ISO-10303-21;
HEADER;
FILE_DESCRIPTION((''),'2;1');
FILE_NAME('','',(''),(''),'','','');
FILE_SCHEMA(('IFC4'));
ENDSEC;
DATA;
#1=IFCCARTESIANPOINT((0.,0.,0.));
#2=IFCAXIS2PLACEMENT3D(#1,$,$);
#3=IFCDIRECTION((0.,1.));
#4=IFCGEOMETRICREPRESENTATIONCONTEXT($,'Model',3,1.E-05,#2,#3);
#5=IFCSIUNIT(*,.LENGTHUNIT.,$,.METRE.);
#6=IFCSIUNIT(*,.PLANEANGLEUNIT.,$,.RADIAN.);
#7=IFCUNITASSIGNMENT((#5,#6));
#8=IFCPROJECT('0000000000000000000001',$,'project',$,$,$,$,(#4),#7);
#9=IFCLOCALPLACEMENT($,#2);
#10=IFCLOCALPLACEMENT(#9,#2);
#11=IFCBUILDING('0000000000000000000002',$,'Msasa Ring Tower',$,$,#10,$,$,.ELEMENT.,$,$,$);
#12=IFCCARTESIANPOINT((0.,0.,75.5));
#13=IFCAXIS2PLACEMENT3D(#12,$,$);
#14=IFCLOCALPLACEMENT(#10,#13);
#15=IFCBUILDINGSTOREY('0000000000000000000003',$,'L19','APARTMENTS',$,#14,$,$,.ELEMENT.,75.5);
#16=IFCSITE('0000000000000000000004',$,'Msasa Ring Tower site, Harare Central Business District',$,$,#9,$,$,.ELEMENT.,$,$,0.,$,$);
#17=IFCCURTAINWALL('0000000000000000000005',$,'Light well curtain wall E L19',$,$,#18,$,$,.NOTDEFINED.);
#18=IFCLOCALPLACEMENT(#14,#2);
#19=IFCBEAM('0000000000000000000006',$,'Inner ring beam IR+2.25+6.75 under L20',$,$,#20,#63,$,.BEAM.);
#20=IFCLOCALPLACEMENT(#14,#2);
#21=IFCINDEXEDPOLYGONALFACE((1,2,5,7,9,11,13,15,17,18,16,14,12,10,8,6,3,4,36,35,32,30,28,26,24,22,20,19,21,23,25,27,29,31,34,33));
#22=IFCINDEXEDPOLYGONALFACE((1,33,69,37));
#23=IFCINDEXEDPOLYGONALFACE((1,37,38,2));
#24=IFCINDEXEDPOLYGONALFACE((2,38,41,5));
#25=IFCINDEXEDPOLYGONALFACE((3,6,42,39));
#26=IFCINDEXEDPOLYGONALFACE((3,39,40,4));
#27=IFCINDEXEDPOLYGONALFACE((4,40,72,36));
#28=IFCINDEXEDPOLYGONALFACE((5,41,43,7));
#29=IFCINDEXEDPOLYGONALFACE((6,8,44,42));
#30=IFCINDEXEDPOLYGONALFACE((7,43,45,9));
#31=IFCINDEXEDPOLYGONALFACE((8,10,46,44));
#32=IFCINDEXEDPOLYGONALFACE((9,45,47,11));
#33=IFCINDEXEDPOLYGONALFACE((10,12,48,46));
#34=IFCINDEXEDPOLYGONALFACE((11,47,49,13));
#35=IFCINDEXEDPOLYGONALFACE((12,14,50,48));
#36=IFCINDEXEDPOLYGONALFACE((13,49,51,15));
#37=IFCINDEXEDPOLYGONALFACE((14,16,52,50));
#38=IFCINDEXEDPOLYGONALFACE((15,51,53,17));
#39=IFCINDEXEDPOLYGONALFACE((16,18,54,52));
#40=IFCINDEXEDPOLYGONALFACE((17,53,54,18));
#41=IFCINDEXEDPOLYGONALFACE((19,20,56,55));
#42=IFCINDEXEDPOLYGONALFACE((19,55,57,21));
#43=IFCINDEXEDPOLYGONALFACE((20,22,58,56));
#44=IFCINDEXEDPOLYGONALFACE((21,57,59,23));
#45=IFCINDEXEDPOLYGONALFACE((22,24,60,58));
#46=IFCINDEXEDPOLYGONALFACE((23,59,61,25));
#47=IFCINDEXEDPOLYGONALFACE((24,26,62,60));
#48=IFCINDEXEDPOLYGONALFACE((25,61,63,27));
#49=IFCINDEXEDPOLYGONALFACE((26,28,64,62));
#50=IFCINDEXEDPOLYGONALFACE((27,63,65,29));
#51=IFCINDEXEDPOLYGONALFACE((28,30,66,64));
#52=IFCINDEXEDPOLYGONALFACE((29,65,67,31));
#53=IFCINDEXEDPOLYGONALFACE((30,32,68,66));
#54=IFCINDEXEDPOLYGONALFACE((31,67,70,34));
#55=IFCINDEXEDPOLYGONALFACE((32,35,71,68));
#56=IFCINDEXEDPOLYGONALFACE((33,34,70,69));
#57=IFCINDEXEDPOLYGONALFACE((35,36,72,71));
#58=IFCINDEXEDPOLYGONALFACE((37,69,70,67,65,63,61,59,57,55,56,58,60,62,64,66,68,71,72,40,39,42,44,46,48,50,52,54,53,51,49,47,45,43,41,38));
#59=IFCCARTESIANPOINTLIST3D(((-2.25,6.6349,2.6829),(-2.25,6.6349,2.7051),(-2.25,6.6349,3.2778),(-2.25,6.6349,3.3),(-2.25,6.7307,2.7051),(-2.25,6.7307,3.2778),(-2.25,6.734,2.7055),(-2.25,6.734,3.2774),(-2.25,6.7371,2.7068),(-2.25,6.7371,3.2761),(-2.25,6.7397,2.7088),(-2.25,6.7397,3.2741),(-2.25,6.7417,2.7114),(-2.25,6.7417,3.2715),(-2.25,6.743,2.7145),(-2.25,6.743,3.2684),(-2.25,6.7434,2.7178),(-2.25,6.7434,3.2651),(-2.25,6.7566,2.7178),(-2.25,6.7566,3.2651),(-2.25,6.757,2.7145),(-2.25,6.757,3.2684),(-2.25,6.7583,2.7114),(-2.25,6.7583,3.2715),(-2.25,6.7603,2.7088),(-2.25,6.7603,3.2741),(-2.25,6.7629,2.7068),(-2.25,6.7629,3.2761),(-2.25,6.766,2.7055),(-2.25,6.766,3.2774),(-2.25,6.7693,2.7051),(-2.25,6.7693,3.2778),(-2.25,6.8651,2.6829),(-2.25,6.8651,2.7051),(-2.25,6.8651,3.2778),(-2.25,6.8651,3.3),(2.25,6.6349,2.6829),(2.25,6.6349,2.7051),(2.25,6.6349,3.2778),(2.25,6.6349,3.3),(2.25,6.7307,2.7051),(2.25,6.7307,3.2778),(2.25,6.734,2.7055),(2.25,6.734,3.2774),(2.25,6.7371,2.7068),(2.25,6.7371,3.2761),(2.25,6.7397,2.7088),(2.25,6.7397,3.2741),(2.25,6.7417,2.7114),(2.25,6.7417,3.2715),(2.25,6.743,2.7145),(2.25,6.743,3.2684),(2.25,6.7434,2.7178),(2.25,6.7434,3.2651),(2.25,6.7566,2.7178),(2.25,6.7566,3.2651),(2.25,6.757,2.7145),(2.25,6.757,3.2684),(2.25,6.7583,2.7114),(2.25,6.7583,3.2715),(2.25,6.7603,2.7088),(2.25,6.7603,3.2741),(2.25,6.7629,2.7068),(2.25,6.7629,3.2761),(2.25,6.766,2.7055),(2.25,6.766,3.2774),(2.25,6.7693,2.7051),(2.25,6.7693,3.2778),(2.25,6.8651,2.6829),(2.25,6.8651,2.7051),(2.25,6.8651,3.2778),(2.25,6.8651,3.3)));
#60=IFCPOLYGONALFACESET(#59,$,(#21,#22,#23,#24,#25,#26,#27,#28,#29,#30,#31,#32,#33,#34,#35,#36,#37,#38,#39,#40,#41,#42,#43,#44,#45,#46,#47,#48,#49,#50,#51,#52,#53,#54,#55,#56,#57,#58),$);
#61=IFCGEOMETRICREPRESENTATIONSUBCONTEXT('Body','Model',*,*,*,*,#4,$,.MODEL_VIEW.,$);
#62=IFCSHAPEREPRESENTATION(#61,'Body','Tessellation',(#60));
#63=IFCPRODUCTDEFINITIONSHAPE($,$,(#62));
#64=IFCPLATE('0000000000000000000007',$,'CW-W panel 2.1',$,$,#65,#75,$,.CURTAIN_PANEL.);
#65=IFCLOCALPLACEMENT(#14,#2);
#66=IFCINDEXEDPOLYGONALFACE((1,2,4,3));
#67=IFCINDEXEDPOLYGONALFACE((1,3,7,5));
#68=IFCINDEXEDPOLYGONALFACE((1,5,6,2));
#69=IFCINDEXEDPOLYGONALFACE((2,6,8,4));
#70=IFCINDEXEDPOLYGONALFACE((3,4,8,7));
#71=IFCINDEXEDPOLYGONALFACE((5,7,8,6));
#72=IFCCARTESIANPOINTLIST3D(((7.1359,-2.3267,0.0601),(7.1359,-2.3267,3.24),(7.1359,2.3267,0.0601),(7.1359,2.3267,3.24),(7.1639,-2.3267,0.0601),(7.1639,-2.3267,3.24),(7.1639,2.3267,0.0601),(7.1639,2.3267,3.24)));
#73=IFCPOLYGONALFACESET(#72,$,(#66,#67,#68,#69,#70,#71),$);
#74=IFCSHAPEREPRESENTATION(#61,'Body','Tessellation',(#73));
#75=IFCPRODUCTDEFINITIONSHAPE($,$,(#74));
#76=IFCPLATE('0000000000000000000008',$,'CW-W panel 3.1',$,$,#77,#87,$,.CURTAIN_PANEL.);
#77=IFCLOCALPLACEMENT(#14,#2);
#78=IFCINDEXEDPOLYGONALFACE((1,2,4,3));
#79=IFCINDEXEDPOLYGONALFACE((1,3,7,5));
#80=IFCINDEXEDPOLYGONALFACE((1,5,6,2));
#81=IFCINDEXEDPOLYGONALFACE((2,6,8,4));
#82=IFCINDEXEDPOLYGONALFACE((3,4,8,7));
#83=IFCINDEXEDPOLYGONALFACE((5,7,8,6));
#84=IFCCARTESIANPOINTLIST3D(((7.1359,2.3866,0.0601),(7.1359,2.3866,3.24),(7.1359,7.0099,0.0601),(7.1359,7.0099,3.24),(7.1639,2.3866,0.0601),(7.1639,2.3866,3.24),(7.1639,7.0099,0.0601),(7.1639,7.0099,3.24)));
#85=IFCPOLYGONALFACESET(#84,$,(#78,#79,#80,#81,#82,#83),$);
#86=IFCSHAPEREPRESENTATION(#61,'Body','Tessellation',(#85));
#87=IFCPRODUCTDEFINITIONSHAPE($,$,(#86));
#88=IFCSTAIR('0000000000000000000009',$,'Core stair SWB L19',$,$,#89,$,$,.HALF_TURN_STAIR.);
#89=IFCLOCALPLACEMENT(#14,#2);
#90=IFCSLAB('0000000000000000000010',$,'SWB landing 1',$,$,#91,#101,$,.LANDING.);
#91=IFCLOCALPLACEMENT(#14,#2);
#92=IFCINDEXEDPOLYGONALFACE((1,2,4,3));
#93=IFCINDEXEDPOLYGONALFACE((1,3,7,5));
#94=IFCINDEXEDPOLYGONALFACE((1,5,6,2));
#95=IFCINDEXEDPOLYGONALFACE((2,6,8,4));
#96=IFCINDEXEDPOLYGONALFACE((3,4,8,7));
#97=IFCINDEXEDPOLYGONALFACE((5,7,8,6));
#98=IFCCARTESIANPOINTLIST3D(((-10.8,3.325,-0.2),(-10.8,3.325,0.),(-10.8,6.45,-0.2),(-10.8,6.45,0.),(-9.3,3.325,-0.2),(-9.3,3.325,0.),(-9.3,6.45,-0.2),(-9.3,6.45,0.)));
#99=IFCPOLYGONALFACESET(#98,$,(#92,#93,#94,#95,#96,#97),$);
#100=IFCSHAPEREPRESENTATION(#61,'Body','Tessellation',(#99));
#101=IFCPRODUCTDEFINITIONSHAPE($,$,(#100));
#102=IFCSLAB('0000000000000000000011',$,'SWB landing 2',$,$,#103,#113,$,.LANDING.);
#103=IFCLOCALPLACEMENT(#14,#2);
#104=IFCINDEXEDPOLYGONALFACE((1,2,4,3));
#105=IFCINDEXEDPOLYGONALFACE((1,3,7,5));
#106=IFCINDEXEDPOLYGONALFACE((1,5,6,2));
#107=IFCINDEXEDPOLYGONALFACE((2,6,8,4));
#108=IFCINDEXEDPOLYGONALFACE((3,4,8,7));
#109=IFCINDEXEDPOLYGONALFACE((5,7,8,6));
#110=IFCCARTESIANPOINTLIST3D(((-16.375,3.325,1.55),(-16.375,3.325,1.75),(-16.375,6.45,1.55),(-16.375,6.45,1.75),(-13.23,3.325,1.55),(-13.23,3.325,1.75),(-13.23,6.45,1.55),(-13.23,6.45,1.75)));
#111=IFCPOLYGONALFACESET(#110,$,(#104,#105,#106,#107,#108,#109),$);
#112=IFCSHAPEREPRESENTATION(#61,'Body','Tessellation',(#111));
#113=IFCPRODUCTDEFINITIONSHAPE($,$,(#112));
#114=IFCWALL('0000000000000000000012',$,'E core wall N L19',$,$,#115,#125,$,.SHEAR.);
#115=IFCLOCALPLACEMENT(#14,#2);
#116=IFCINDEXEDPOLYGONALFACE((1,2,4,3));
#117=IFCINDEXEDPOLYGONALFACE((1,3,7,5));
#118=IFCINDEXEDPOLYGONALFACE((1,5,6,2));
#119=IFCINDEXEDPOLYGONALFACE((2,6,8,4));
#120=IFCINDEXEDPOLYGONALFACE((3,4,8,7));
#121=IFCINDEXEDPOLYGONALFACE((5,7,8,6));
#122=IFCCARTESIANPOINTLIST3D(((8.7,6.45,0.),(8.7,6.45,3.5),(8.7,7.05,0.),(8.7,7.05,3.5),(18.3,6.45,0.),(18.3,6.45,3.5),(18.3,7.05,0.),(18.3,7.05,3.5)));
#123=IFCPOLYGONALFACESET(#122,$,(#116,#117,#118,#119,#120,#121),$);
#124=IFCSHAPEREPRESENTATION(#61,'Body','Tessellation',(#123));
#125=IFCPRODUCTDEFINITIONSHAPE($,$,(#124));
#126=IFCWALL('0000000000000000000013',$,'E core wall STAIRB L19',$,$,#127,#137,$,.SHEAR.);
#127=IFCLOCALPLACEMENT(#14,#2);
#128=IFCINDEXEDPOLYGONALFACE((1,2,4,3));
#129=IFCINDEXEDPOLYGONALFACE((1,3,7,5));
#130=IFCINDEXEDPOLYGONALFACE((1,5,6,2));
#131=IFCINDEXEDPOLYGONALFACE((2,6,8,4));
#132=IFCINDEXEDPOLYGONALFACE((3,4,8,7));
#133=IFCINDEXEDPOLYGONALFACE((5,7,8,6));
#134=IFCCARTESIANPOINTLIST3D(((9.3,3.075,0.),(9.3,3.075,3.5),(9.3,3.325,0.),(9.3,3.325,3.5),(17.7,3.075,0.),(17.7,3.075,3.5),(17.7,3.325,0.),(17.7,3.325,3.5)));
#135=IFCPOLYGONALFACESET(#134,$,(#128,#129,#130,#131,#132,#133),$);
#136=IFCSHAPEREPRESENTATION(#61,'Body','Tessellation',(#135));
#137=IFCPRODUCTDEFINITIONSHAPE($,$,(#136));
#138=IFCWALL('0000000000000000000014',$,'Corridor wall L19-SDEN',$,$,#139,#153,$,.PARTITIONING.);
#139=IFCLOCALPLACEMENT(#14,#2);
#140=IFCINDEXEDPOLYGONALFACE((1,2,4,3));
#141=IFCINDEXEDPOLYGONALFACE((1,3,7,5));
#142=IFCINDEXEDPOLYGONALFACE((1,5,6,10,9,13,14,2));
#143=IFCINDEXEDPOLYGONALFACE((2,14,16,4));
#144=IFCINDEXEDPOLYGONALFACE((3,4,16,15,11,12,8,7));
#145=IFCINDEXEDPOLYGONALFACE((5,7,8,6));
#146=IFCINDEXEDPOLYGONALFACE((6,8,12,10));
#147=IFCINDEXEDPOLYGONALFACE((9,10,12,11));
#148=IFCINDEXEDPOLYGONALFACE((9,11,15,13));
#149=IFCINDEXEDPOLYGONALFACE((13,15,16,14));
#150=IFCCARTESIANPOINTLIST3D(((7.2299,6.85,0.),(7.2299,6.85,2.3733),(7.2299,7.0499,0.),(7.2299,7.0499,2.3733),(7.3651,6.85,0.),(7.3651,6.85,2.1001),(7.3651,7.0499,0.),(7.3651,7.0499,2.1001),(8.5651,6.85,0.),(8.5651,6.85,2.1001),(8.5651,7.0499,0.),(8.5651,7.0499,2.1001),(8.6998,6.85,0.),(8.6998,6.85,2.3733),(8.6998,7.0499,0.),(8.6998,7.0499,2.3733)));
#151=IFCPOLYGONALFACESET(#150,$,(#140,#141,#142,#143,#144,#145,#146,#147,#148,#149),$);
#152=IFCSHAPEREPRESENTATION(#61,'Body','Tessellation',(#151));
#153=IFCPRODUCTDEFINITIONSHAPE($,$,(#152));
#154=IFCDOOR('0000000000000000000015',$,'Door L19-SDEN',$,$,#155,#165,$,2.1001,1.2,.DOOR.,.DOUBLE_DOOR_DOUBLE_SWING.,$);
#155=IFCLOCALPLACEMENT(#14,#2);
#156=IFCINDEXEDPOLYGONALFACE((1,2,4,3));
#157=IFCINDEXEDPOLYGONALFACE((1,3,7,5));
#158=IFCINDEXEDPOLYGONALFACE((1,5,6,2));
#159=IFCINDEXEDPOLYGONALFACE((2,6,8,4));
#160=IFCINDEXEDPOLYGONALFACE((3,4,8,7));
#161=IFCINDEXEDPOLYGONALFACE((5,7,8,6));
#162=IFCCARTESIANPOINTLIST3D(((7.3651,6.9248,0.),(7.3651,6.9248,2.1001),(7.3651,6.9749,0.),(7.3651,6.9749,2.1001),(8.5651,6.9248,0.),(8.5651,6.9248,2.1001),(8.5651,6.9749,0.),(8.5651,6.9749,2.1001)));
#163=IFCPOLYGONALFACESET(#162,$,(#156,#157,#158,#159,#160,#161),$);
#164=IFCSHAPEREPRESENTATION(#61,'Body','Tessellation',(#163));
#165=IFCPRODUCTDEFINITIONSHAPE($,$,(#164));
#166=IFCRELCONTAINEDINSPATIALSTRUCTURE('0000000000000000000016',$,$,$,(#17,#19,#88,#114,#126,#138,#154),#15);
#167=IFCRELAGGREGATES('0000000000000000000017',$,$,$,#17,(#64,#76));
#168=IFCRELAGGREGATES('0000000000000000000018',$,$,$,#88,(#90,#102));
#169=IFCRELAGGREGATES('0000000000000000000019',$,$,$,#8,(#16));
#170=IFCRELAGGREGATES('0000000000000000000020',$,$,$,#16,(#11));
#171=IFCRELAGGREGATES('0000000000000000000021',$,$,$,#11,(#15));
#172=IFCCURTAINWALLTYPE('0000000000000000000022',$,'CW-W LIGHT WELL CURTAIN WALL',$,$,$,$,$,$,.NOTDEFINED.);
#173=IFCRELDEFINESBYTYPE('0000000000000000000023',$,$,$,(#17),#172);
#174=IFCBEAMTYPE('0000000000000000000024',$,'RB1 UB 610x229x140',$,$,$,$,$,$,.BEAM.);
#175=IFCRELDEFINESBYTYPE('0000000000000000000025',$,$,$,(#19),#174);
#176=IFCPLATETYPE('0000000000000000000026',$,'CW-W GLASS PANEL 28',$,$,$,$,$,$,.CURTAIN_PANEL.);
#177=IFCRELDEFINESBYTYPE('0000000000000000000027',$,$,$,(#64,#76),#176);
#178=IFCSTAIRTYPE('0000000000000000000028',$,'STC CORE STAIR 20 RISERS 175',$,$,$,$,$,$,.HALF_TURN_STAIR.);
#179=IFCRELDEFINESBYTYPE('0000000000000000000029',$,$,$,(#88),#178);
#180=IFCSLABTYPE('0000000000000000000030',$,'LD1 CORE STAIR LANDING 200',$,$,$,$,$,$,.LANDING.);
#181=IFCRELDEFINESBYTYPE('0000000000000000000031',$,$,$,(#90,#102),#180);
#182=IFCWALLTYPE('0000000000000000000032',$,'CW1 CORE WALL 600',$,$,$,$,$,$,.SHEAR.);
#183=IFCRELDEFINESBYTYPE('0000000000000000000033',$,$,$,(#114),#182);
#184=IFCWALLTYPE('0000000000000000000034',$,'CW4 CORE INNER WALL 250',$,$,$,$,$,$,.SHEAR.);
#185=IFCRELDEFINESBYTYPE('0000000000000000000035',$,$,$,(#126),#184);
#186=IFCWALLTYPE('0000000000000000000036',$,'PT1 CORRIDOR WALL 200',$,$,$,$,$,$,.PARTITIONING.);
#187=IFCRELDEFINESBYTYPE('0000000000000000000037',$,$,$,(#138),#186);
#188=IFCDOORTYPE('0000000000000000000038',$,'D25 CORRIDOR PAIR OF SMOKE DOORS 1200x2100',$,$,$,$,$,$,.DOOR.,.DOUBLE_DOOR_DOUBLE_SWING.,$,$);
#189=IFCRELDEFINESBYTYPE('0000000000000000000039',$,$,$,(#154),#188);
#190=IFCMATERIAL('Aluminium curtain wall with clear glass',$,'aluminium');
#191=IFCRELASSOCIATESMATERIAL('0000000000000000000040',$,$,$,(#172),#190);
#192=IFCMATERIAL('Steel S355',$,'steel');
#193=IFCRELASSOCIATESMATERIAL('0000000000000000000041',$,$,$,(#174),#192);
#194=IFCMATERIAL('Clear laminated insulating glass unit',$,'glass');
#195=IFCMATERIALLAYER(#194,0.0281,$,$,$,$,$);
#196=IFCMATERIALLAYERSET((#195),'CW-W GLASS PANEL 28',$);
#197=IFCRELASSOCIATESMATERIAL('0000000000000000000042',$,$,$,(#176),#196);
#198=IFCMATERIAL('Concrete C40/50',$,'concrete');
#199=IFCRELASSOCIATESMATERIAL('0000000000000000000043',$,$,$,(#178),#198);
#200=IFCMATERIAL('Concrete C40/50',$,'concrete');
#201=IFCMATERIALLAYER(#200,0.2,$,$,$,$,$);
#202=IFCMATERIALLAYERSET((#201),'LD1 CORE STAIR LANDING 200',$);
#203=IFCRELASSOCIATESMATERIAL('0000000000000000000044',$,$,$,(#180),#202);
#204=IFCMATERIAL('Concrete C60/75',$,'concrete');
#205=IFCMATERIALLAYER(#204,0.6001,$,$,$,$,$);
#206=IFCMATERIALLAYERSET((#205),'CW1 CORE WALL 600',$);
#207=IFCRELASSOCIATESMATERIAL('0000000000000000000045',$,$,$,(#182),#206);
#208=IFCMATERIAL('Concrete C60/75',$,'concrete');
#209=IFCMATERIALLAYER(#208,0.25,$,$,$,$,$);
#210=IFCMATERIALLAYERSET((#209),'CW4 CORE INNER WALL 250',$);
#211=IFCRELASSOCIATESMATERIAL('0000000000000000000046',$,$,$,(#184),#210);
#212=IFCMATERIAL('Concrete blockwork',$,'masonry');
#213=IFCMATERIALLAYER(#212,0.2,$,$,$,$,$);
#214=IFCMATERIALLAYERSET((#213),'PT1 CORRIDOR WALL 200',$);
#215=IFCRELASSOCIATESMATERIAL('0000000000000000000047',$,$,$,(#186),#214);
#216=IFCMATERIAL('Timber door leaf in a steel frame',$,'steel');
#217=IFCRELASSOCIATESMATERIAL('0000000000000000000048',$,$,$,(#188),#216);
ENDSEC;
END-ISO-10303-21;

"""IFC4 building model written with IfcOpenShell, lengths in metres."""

from ifc_helpers import new_model, si_unit, direction, frame, frame_2d, origin, origin_2d, place, context, subcontext, project, spatial, polyline, rectangle, i_section, outline, extrude, material, layer, layer_set, material_profile, profile_set, type_object, element, fill, aggregate, save


model = new_model("IFC4")

# Units and contexts
model_context = context("Model", 3, precision=1e-05, world=origin(), true_north=direction((0.0, 1.0)))
body_context = subcontext(model_context, "Body", "Model", "MODEL_VIEW")
ifc_project = project(units=[si_unit("LENGTHUNIT", "METRE"), si_unit("PLANEANGLEUNIT", "RADIAN")], contexts=[model_context])

# Site, building, storey
site_placement = place(None, origin())
site = spatial("IfcSite", under=ifc_project, at=site_placement, Name="Msasa Ring Tower site, Harare Central Business District", CompositionType="ELEMENT", RefElevation=0.0)
building_placement = place(site_placement, origin())
building = spatial("IfcBuilding", under=site, at=building_placement, Name="Msasa Ring Tower", CompositionType="ELEMENT")
storey_placement = place(building_placement, frame((0.0, 0.0, 75.5)))
storey = spatial("IfcBuildingStorey", under=building, at=storey_placement, Name="L19", Description="APARTMENTS", CompositionType="ELEMENT", Elevation=75.5)

# Curtain wall
ifc_material_1 = material(Name="Aluminium curtain wall with clear glass", Category="aluminium")
curtain_wall_type = type_object("IfcCurtainWallType", Name="CW-W LIGHT WELL CURTAIN WALL", PredefinedType="NOTDEFINED", material=ifc_material_1)
curtain_wall_placement = place(storey_placement, origin())
curtain_wall = element("IfcCurtainWall", 1, at=curtain_wall_placement, inside=storey, type_object=curtain_wall_type, Name="Light well curtain wall E L19", PredefinedType="NOTDEFINED")

# Beam
ifc_material_2 = material(Name="Steel S355", Category="steel")
ifc_material_profile_1 = material_profile(ifc_material_2, i_section(OverallWidth=0.2302, OverallDepth=0.6172, WebThickness=0.0132, FlangeThickness=0.0222, FilletRadius=0.0127, at=origin_2d()), Name="UB 610x229x140")
ifc_profile_set_1 = profile_set([ifc_material_profile_1], Name="Steel S355")
beam_type = type_object("IfcBeamType", Name="RB1 UB 610x229x140", PredefinedType="BEAM", material=ifc_profile_set_1)
for number, where, z_axis, x_axis, name in (
    (2, (2.25, 6.75, 2.9915), (-1.0, 0.0, 0.0), (0.0, -1.0, 0.0), "Inner ring beam IR+2.25+6.75 under L20"),
):
    element("IfcBeam", number, at=place(storey_placement, frame(where, z_axis=z_axis, x_axis=x_axis)), inside=storey, type_object=beam_type, Name=name, PredefinedType="BEAM", context=body_context, shape_type="SweptSolid", body=[
        extrude(i_section(OverallWidth=0.2302, OverallDepth=0.6172, WebThickness=0.0132, FlangeThickness=0.0222, FilletRadius=0.0127, at=origin_2d()), origin(), (0.0, 0.0, 1.0), 4.5),
    ])

# Plates
ifc_material_3 = material(Name="Clear laminated insulating glass unit", Category="glass")
ifc_layer_1 = layer(ifc_material_3, 0.0281)
ifc_layer_set_1 = layer_set([ifc_layer_1], Name="CW-W GLASS PANEL 28")
plate_type = type_object("IfcPlateType", Name="CW-W GLASS PANEL 28", PredefinedType="CURTAIN_PANEL", material=ifc_layer_set_1)
plate_1_placement = place(storey_placement, frame((7.1499, 0.0, 0.0601), z_axis=(0.0, 0.0, 1.0), x_axis=(0.0, 1.0, 0.0)))
plate_1 = element("IfcPlate", 3, at=plate_1_placement, type_object=plate_type, Name="CW-W panel 2.1", PredefinedType="CURTAIN_PANEL", context=body_context, shape_type="SweptSolid", body=[
    extrude(rectangle(XDim=4.6533, YDim=0.0281, at=origin_2d()), origin(), (0.0, 0.0, 1.0), 3.1799),
])
plate_2_placement = place(storey_placement, frame((7.1499, 4.6982, 0.0601), z_axis=(0.0, 0.0, 1.0), x_axis=(0.0, 1.0, 0.0)))
plate_2 = element("IfcPlate", 4, at=plate_2_placement, type_object=plate_type, Name="CW-W panel 3.1", PredefinedType="CURTAIN_PANEL", context=body_context, shape_type="SweptSolid", body=[
    extrude(rectangle(XDim=4.6233, YDim=0.0281, at=origin_2d()), origin(), (0.0, 0.0, 1.0), 3.1799),
])
aggregate(curtain_wall, [plate_1, plate_2])

# Stair, slabs
ifc_material_4 = material(Name="Concrete C40/50", Category="concrete")
stair_type = type_object("IfcStairType", Name="STC CORE STAIR 20 RISERS 175", PredefinedType="HALF_TURN_STAIR", material=ifc_material_4)
stair_1_placement = place(storey_placement, origin())
stair_1 = element("IfcStair", 5, at=stair_1_placement, inside=storey, type_object=stair_type, Name="Core stair SWB L19", PredefinedType="HALF_TURN_STAIR")
ifc_material_5 = material(Name="Concrete C40/50", Category="concrete")
ifc_layer_2 = layer(ifc_material_5, 0.2)
ifc_layer_set_2 = layer_set([ifc_layer_2], Name="LD1 CORE STAIR LANDING 200")
slab_type = type_object("IfcSlabType", Name="LD1 CORE STAIR LANDING 200", PredefinedType="LANDING", material=ifc_layer_set_2)
slab_1_placement = place(storey_placement, frame((0.0, 0.0, -0.2)))
slab_1 = element("IfcSlab", 6, at=slab_1_placement, type_object=slab_type, Name="SWB landing 1", PredefinedType="LANDING", context=body_context, shape_type="SweptSolid", body=[
    extrude(outline(polyline([(-10.8, 3.325), (-9.3, 3.325), (-9.3, 6.45), (-10.8, 6.45), (-10.8, 3.325)])), origin(), (0.0, 0.0, 1.0), 0.2),
])
slab_2_placement = place(storey_placement, frame((0.0, 0.0, 1.55)))
slab_2 = element("IfcSlab", 7, at=slab_2_placement, type_object=slab_type, Name="SWB landing 2", PredefinedType="LANDING", context=body_context, shape_type="SweptSolid", body=[
    extrude(outline(polyline([(-16.375, 3.325), (-13.23, 3.325), (-13.23, 6.45), (-16.375, 6.45), (-16.375, 3.325)])), origin(), (0.0, 0.0, 1.0), 0.2),
])
aggregate(stair_1, [slab_1, slab_2])

# Walls
ifc_material_6 = material(Name="Concrete C60/75", Category="concrete")
ifc_layer_3 = layer(ifc_material_6, 0.6001)
ifc_layer_set_3 = layer_set([ifc_layer_3], Name="CW1 CORE WALL 600")
wall_type_1 = type_object("IfcWallType", Name="CW1 CORE WALL 600", PredefinedType="SHEAR", material=ifc_layer_set_3)
wall_1_placement = place(storey_placement, frame((8.7, 6.75, 0.0), z_axis=(0.0, 0.0, 1.0), x_axis=(1.0, 0.0, 0.0)))
element("IfcWall", 8, at=wall_1_placement, inside=storey, type_object=wall_type_1, Name="E core wall N L19", PredefinedType="SHEAR", context=body_context, shape_type="SweptSolid", body=[
    extrude(rectangle(XDim=9.6001, YDim=0.6001, at=frame_2d((4.8, 0.0))), origin(), (0.0, 0.0, 1.0), 3.5),
])
ifc_material_7 = material(Name="Concrete C60/75", Category="concrete")
ifc_layer_4 = layer(ifc_material_7, 0.25)
ifc_layer_set_4 = layer_set([ifc_layer_4], Name="CW4 CORE INNER WALL 250")
wall_type_2 = type_object("IfcWallType", Name="CW4 CORE INNER WALL 250", PredefinedType="SHEAR", material=ifc_layer_set_4)
wall_2_placement = place(storey_placement, frame((9.3, 3.2, 0.0), z_axis=(0.0, 0.0, 1.0), x_axis=(1.0, 0.0, 0.0)))
element("IfcWall", 9, at=wall_2_placement, inside=storey, type_object=wall_type_2, Name="E core wall STAIRB L19", PredefinedType="SHEAR", context=body_context, shape_type="SweptSolid", body=[
    extrude(rectangle(XDim=8.3999, YDim=0.25, at=frame_2d((4.2, 0.0))), origin(), (0.0, 0.0, 1.0), 3.5),
])

# Wall, opening, door
ifc_material_8 = material(Name="Concrete blockwork", Category="masonry")
ifc_layer_5 = layer(ifc_material_8, 0.2)
ifc_layer_set_5 = layer_set([ifc_layer_5], Name="PT1 CORRIDOR WALL 200")
wall_type_3 = type_object("IfcWallType", Name="PT1 CORRIDOR WALL 200", PredefinedType="PARTITIONING", material=ifc_layer_set_5)
wall_3_placement = place(storey_placement, frame((7.23, 6.95, 0.0), z_axis=(0.0, 0.0, 1.0), x_axis=(1.0, 0.0, 0.0)))
wall_3 = element("IfcWall", 10, at=wall_3_placement, inside=storey, type_object=wall_type_3, Name="Corridor wall L19-SDEN", PredefinedType="PARTITIONING", context=body_context, shape_type="SweptSolid", body=[
    extrude(rectangle(XDim=1.47, YDim=0.2, at=frame_2d((0.7349, 0.0))), origin(), (0.0, 0.0, 1.0), 2.3733),
])
opening_placement = place(wall_3_placement, frame((0.135, 0.0, 0.0)))
opening = element("IfcOpeningElement", 11, at=opening_placement, cuts=wall_3, PredefinedType="OPENING", context=body_context, shape_type="SweptSolid", body=[
    extrude(rectangle(XDim=1.2, YDim=2.1001, at=frame_2d((0.6001, 1.05))), frame((0.0, 0.1099, 0.0), z_axis=(0.0, -1.0, 0.0), x_axis=(1.0, 0.0, 0.0)), (0.0, 0.0, 1.0), 0.22),
])
ifc_material_9 = material(Name="Timber door leaf in a steel frame", Category="steel")
door_type = type_object("IfcDoorType", Name="D25 CORRIDOR PAIR OF SMOKE DOORS 1200x2100", OperationType="DOUBLE_DOOR_DOUBLE_SWING", PredefinedType="DOOR", material=ifc_material_9)
door_placement = place(opening_placement, origin())
door = element("IfcDoor", 12, at=door_placement, inside=storey, type_object=door_type, Name="Door L19-SDEN", OperationType="DOUBLE_DOOR_DOUBLE_SWING", OverallHeight=2.1001, OverallWidth=1.2, PredefinedType="DOOR", context=body_context, shape_type="SweptSolid", body=[
    extrude(rectangle(XDim=1.2, YDim=2.1001, at=frame_2d((0.6001, 1.05))), frame((0.0, 0.0249, 0.0), z_axis=(0.0, -1.0, 0.0), x_axis=(1.0, 0.0, 0.0)), (0.0, 0.0, 1.0), 0.05),
])
fill(opening, door)

save(model, "model.ifc")
